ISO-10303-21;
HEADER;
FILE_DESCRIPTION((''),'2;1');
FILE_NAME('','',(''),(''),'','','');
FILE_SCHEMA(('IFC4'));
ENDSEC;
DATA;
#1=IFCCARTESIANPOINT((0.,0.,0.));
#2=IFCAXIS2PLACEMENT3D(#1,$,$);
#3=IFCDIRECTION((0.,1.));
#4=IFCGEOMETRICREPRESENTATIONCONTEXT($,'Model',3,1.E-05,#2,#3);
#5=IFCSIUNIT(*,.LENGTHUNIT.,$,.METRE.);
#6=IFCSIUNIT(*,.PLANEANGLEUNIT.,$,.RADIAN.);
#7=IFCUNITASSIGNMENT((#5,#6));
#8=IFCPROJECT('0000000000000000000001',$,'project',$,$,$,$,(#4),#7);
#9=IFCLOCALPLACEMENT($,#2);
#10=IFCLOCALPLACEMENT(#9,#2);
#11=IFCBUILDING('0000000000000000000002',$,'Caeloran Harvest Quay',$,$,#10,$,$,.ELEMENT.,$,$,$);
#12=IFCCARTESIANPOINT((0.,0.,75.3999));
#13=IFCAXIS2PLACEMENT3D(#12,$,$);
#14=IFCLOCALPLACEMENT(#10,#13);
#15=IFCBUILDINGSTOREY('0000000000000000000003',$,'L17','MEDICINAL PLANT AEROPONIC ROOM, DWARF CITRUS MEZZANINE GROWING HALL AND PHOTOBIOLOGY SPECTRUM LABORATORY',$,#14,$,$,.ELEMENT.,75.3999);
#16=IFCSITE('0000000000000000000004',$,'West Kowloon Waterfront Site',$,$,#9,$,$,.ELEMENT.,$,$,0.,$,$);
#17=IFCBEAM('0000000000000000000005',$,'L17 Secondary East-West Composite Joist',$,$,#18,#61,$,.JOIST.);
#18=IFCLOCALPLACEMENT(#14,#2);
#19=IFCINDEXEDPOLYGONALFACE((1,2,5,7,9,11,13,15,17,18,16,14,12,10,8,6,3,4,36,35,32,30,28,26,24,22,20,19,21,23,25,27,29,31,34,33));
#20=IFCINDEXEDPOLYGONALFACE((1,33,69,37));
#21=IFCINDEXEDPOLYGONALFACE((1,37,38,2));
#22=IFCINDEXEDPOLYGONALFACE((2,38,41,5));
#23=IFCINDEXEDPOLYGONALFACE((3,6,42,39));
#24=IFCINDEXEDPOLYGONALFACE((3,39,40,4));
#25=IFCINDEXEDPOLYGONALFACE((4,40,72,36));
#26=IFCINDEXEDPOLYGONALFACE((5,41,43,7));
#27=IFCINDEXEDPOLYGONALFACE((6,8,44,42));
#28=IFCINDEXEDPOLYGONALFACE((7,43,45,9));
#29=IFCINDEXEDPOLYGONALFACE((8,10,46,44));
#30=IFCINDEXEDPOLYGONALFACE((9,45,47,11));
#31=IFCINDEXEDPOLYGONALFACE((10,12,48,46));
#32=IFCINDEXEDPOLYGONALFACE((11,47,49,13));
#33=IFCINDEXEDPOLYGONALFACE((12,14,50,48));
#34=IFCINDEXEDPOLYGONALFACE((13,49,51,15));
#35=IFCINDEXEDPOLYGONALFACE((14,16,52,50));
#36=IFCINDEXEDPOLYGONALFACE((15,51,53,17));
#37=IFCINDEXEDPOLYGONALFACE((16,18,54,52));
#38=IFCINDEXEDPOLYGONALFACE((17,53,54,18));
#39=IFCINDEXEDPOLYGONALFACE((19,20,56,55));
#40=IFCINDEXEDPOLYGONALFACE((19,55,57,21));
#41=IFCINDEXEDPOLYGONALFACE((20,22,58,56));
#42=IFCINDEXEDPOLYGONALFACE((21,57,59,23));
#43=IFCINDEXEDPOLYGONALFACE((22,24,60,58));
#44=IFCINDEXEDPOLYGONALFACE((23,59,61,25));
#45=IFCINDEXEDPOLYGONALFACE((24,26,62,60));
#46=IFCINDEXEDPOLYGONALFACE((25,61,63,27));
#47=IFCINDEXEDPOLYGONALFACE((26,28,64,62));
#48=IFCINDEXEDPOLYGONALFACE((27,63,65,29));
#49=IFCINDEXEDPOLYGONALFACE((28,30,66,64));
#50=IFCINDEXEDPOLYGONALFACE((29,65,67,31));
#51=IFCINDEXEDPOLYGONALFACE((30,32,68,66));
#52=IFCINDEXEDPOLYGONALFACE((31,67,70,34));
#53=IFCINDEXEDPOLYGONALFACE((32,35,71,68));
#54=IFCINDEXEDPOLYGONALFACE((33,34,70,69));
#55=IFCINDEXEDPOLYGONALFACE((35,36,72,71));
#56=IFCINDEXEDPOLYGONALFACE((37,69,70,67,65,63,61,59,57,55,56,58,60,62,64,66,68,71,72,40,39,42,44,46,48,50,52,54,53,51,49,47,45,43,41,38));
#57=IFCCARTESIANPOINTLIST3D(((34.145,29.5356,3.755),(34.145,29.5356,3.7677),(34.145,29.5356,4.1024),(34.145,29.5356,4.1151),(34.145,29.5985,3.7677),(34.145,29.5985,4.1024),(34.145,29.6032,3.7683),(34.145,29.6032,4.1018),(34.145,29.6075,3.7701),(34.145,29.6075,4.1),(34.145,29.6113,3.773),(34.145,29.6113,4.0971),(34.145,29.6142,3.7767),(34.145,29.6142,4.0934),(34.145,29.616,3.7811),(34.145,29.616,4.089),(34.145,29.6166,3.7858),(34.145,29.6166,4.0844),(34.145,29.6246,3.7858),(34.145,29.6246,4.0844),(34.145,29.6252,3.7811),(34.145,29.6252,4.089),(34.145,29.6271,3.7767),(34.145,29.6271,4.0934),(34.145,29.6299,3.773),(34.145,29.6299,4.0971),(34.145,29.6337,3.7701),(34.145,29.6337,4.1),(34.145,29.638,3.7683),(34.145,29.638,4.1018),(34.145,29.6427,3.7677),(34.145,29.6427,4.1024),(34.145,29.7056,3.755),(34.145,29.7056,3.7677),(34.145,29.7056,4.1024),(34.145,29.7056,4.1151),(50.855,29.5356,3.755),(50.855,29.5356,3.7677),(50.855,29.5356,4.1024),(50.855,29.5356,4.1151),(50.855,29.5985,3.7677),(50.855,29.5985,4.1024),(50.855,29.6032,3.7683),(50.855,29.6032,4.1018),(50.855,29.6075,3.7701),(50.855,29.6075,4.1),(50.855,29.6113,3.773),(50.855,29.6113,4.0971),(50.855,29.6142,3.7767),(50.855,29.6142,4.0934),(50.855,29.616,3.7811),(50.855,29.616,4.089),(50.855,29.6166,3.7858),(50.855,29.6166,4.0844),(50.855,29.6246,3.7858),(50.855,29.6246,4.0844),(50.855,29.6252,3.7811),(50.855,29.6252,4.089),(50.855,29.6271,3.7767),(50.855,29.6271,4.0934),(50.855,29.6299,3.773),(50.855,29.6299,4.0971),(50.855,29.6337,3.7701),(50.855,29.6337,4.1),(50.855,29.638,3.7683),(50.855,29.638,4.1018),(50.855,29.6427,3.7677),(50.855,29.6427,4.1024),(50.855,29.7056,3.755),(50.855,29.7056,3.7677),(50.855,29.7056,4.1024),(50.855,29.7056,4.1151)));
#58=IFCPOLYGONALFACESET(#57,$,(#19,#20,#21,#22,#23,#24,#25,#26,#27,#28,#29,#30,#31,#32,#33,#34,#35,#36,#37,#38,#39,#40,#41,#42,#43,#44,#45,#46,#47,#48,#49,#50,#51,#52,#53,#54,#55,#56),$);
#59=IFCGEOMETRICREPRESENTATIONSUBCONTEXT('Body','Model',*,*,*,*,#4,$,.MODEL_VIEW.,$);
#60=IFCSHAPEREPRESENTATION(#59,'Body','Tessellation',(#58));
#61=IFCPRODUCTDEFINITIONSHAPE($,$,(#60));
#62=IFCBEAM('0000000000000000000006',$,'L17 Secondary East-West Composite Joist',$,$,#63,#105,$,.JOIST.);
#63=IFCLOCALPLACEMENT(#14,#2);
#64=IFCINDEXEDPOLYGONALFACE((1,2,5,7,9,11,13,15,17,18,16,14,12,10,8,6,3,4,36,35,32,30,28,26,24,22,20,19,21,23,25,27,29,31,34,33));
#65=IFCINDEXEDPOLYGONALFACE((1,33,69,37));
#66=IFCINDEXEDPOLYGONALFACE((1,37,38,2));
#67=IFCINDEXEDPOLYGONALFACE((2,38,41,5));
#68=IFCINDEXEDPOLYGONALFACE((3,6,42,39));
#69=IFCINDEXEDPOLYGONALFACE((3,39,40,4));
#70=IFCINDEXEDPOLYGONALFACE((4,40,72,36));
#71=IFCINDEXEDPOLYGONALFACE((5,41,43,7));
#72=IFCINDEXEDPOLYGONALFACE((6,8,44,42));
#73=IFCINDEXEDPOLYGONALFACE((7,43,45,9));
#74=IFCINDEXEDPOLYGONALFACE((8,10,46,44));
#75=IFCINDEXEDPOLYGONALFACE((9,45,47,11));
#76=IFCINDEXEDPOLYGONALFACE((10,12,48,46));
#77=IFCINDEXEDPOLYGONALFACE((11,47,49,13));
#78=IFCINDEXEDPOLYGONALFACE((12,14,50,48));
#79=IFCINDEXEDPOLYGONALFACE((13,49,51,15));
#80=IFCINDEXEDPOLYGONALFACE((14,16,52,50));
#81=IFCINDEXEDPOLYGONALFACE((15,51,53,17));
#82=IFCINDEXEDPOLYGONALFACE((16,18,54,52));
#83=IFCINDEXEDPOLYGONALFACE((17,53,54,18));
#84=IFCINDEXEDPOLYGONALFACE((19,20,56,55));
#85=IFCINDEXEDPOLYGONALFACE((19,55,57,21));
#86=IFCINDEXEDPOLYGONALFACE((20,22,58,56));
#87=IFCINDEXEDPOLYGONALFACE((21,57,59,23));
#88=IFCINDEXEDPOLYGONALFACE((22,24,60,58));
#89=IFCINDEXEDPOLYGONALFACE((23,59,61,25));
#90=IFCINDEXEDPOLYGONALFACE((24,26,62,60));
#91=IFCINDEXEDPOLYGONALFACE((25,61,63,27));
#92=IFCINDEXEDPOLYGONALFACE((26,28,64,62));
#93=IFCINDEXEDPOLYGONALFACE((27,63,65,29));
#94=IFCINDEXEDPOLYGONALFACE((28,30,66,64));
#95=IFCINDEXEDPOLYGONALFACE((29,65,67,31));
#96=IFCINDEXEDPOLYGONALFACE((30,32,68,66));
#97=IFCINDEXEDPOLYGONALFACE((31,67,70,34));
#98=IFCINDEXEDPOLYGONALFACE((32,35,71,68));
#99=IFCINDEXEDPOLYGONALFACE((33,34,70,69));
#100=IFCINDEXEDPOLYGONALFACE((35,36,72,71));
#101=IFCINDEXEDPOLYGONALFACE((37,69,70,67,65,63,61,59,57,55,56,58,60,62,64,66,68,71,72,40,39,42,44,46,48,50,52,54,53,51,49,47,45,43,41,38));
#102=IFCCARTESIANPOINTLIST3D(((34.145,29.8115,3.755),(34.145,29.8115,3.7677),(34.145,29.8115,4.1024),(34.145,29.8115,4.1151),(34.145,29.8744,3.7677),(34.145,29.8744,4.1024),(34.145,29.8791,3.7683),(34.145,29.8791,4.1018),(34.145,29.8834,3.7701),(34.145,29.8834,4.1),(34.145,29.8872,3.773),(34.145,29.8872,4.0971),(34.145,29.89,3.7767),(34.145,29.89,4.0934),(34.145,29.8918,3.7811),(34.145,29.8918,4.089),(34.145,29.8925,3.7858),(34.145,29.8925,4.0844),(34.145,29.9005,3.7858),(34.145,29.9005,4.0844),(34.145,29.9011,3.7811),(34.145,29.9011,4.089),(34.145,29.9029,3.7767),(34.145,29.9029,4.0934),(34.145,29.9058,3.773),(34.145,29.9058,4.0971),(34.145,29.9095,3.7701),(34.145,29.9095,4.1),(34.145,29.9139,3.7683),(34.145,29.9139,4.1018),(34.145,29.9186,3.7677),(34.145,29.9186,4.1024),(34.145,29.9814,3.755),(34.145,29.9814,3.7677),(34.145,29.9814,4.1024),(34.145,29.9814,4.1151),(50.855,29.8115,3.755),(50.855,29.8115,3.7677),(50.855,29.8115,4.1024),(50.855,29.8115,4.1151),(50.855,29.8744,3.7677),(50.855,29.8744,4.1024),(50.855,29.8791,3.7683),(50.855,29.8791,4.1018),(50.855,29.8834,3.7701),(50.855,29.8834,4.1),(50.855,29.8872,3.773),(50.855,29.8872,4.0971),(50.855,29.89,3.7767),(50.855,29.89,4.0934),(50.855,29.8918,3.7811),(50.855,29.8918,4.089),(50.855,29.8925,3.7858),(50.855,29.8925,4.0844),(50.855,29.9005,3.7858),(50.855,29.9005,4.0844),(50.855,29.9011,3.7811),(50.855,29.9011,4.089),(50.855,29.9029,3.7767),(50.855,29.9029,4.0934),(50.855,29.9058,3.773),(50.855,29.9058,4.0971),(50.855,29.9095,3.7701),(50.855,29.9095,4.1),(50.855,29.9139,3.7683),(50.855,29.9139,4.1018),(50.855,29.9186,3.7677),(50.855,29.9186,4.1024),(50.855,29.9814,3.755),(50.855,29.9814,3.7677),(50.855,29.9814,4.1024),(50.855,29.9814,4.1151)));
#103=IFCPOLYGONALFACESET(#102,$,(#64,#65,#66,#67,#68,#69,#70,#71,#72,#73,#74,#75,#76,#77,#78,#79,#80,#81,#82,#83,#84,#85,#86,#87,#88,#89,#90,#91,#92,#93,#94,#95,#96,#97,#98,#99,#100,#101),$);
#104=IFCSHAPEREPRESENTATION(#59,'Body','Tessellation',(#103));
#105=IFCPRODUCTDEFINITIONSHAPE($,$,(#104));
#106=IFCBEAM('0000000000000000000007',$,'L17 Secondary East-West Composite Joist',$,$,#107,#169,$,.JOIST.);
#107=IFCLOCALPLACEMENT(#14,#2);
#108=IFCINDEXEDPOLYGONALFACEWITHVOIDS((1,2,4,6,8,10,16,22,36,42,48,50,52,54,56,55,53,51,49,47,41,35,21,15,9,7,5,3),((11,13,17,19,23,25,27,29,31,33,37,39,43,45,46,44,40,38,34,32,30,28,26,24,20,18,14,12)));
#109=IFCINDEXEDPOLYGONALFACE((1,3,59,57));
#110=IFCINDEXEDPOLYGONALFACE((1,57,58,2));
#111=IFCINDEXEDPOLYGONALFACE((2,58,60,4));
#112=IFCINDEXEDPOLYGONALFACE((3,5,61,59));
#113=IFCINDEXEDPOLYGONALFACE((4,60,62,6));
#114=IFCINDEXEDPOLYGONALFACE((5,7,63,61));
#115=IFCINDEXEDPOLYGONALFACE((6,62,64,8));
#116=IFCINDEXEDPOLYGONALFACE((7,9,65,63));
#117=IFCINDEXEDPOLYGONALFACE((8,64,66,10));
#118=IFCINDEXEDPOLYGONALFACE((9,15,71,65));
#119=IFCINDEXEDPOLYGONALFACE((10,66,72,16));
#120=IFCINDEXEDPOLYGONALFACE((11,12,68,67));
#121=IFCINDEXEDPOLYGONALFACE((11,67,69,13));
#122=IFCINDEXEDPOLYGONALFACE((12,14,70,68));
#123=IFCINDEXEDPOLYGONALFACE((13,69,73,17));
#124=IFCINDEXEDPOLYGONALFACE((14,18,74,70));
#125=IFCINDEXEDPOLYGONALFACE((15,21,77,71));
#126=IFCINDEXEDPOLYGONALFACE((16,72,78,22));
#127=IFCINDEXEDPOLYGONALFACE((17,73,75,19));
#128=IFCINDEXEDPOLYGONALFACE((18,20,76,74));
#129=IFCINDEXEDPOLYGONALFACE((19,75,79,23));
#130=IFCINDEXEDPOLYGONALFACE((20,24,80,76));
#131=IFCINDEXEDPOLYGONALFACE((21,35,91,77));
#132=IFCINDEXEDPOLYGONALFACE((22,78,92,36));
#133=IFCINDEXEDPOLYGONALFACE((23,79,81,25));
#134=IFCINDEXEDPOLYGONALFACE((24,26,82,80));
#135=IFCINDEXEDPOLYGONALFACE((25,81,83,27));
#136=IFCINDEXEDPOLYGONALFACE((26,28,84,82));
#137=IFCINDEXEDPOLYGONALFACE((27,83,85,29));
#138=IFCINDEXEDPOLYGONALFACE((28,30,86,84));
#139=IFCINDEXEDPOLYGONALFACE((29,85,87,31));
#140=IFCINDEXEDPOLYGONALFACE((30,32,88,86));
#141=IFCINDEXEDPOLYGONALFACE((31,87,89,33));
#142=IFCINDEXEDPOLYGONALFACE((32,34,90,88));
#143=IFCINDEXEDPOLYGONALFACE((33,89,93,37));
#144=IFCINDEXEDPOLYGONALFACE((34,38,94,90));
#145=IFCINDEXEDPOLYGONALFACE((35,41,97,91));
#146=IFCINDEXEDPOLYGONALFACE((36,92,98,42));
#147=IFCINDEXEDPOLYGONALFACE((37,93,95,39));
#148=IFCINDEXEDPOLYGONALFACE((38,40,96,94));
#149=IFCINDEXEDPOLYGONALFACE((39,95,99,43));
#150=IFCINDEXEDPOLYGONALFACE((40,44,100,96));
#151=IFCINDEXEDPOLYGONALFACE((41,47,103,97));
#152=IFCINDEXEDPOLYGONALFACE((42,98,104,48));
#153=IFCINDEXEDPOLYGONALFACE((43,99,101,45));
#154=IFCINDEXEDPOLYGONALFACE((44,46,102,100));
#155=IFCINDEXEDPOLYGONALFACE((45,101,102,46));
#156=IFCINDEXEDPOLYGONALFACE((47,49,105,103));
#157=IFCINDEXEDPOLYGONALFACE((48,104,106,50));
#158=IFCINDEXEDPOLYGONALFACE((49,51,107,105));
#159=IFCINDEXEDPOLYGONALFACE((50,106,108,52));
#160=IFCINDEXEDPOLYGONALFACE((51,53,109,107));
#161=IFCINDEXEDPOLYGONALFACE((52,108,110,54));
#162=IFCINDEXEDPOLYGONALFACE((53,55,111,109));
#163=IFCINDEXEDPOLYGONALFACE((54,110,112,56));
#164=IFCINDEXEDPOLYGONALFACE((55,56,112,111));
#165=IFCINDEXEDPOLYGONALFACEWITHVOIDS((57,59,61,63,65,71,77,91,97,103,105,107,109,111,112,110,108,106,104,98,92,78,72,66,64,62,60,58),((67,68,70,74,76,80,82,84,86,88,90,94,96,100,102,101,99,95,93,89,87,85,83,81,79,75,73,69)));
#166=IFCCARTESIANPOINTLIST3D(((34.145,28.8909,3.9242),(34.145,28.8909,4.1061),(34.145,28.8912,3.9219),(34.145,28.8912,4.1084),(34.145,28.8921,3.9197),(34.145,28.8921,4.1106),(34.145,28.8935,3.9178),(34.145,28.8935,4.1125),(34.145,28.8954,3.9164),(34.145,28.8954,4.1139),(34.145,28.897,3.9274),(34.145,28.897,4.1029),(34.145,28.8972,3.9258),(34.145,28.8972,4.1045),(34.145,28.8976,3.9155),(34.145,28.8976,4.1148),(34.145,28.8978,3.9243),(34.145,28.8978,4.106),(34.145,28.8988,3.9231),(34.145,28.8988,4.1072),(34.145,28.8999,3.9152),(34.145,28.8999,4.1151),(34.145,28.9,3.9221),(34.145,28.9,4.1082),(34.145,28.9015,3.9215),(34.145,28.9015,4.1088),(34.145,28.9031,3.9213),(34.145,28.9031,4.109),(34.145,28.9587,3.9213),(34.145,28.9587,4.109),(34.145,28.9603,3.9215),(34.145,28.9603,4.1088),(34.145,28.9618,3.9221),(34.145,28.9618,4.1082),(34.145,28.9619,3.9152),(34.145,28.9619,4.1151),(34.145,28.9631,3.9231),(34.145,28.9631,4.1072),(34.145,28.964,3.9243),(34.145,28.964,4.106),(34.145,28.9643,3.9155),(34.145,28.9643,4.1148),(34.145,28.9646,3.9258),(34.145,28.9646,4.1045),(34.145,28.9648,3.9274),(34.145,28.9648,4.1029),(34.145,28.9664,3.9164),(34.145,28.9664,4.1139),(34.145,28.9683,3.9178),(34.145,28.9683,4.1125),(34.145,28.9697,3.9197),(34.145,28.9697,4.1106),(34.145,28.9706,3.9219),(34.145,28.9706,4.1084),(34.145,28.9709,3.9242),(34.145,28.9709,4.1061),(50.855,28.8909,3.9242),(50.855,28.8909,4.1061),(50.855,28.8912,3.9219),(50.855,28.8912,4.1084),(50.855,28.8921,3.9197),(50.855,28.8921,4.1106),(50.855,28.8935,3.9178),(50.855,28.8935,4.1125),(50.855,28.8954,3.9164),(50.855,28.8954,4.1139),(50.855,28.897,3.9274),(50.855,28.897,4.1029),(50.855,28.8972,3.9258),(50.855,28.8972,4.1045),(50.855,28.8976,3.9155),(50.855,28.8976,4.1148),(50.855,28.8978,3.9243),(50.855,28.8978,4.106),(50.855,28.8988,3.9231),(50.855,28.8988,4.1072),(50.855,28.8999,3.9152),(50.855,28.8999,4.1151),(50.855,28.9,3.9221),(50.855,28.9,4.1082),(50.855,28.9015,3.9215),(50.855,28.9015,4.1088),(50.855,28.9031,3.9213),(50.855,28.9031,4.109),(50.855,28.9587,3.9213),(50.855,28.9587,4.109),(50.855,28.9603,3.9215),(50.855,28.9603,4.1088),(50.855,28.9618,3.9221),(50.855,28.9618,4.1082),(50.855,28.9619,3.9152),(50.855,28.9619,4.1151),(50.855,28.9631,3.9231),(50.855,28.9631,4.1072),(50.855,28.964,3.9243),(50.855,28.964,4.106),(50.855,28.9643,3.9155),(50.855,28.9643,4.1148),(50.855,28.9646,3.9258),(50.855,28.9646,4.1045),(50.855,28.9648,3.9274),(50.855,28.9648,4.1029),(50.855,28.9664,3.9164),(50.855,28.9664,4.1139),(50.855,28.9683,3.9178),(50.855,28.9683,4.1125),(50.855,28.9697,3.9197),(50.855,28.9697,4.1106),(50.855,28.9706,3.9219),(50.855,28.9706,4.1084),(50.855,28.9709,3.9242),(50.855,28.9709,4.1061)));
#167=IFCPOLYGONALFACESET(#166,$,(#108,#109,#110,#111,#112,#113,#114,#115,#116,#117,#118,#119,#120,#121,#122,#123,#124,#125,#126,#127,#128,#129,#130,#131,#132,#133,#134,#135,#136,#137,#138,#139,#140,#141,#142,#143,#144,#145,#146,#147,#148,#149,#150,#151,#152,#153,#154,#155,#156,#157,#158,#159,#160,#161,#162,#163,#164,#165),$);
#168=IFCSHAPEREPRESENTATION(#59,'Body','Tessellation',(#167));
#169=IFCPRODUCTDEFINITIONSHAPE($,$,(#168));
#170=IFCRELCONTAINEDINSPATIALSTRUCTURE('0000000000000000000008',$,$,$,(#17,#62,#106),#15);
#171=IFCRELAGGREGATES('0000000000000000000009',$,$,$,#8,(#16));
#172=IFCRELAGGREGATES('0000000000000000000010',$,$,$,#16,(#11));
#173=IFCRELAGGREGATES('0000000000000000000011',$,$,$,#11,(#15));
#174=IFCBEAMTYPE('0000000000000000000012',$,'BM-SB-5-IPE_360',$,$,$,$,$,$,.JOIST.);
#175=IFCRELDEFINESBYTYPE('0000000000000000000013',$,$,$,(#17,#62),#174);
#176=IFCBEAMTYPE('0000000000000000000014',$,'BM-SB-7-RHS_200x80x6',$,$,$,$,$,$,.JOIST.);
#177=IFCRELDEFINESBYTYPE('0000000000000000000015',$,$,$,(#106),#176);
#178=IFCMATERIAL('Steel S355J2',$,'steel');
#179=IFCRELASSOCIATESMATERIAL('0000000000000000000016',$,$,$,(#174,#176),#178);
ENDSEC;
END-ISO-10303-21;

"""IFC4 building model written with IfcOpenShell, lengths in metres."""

from ifc_helpers import new_model, si_unit, direction, frame, origin, origin_2d, place, context, subcontext, project, spatial, hollow_rectangle, i_section, extrude, material, material_profile, profile_set, type_object, element, save


model = new_model("IFC4")

# Units and contexts
model_context = context("Model", 3, precision=1e-05, world=origin(), true_north=direction((0.0, 1.0)))
body_context = subcontext(model_context, "Body", "Model", "MODEL_VIEW")
ifc_project = project(units=[si_unit("LENGTHUNIT", "METRE"), si_unit("PLANEANGLEUNIT", "RADIAN")], contexts=[model_context])

# Site, building, storey
site_placement = place(None, origin())
site = spatial("IfcSite", under=ifc_project, at=site_placement, Name="West Kowloon Waterfront Site", CompositionType="ELEMENT", RefElevation=0.0)
building_placement = place(site_placement, origin())
building = spatial("IfcBuilding", under=site, at=building_placement, Name="Caeloran Harvest Quay", CompositionType="ELEMENT")
storey_placement = place(building_placement, frame((0.0, 0.0, 75.3999)))
storey = spatial("IfcBuildingStorey", under=building, at=storey_placement, Name="L17", Description="MEDICINAL PLANT AEROPONIC ROOM, DWARF CITRUS MEZZANINE GROWING HALL AND PHOTOBIOLOGY SPECTRUM LABORATORY", CompositionType="ELEMENT", Elevation=75.3999)

# Beams
ifc_material_1 = material(Name="Steel S355J2", Category="steel")
ifc_material_profile_1 = material_profile(ifc_material_1, i_section(OverallWidth=0.1699, OverallDepth=0.3601, WebThickness=0.0081, FlangeThickness=0.0127, FilletRadius=0.0181, at=origin_2d()), Name="IPE 360")
ifc_profile_set_1 = profile_set([ifc_material_profile_1], Name="Steel S355J2")
beam_type_1 = type_object("IfcBeamType", Name="BM-SB-5-IPE_360", PredefinedType="JOIST", material=ifc_profile_set_1)
for number, where, z_axis, x_axis, name in (
    (1, (34.145, 29.6206, 3.9351), (1.0, 0.0, 0.0), (0.0, 1.0, 0.0), "L17 Secondary East-West Composite Joist"),
    (2, (34.145, 29.8965, 3.9351), (1.0, 0.0, 0.0), (0.0, 1.0, 0.0), "L17 Secondary East-West Composite Joist"),
):
    element("IfcBeam", number, at=place(storey_placement, frame(where, z_axis=z_axis, x_axis=x_axis)), inside=storey, type_object=beam_type_1, Name=name, PredefinedType="JOIST", context=body_context, shape_type="SweptSolid", body=[
        extrude(i_section(OverallWidth=0.1699, OverallDepth=0.3601, WebThickness=0.0081, FlangeThickness=0.0127, FilletRadius=0.0181, at=origin_2d()), origin(), (0.0, 0.0, 1.0), 16.71),
    ])
ifc_material_profile_2 = material_profile(ifc_material_1, hollow_rectangle(XDim=0.0801, YDim=0.2, WallThickness=0.0061, InnerFilletRadius=0.0061, OuterFilletRadius=0.009, at=origin_2d()), Name="RHS 200x80x6")
ifc_profile_set_2 = profile_set([ifc_material_profile_2], Name="Steel S355J2")
beam_type_2 = type_object("IfcBeamType", Name="BM-SB-7-RHS_200x80x6", PredefinedType="JOIST", material=ifc_profile_set_2)
for number, where, z_axis, x_axis, name in (
    (3, (34.145, 28.9309, 4.0151), (1.0, 0.0, 0.0), (0.0, 1.0, 0.0), "L17 Secondary East-West Composite Joist"),
):
    element("IfcBeam", number, at=place(storey_placement, frame(where, z_axis=z_axis, x_axis=x_axis)), inside=storey, type_object=beam_type_2, Name=name, PredefinedType="JOIST", context=body_context, shape_type="SweptSolid", body=[
        extrude(hollow_rectangle(XDim=0.0801, YDim=0.2, WallThickness=0.0061, InnerFilletRadius=0.0061, OuterFilletRadius=0.009, at=origin_2d()), origin(), (0.0, 0.0, 1.0), 16.71),
    ])

save(model, "model.ifc")
